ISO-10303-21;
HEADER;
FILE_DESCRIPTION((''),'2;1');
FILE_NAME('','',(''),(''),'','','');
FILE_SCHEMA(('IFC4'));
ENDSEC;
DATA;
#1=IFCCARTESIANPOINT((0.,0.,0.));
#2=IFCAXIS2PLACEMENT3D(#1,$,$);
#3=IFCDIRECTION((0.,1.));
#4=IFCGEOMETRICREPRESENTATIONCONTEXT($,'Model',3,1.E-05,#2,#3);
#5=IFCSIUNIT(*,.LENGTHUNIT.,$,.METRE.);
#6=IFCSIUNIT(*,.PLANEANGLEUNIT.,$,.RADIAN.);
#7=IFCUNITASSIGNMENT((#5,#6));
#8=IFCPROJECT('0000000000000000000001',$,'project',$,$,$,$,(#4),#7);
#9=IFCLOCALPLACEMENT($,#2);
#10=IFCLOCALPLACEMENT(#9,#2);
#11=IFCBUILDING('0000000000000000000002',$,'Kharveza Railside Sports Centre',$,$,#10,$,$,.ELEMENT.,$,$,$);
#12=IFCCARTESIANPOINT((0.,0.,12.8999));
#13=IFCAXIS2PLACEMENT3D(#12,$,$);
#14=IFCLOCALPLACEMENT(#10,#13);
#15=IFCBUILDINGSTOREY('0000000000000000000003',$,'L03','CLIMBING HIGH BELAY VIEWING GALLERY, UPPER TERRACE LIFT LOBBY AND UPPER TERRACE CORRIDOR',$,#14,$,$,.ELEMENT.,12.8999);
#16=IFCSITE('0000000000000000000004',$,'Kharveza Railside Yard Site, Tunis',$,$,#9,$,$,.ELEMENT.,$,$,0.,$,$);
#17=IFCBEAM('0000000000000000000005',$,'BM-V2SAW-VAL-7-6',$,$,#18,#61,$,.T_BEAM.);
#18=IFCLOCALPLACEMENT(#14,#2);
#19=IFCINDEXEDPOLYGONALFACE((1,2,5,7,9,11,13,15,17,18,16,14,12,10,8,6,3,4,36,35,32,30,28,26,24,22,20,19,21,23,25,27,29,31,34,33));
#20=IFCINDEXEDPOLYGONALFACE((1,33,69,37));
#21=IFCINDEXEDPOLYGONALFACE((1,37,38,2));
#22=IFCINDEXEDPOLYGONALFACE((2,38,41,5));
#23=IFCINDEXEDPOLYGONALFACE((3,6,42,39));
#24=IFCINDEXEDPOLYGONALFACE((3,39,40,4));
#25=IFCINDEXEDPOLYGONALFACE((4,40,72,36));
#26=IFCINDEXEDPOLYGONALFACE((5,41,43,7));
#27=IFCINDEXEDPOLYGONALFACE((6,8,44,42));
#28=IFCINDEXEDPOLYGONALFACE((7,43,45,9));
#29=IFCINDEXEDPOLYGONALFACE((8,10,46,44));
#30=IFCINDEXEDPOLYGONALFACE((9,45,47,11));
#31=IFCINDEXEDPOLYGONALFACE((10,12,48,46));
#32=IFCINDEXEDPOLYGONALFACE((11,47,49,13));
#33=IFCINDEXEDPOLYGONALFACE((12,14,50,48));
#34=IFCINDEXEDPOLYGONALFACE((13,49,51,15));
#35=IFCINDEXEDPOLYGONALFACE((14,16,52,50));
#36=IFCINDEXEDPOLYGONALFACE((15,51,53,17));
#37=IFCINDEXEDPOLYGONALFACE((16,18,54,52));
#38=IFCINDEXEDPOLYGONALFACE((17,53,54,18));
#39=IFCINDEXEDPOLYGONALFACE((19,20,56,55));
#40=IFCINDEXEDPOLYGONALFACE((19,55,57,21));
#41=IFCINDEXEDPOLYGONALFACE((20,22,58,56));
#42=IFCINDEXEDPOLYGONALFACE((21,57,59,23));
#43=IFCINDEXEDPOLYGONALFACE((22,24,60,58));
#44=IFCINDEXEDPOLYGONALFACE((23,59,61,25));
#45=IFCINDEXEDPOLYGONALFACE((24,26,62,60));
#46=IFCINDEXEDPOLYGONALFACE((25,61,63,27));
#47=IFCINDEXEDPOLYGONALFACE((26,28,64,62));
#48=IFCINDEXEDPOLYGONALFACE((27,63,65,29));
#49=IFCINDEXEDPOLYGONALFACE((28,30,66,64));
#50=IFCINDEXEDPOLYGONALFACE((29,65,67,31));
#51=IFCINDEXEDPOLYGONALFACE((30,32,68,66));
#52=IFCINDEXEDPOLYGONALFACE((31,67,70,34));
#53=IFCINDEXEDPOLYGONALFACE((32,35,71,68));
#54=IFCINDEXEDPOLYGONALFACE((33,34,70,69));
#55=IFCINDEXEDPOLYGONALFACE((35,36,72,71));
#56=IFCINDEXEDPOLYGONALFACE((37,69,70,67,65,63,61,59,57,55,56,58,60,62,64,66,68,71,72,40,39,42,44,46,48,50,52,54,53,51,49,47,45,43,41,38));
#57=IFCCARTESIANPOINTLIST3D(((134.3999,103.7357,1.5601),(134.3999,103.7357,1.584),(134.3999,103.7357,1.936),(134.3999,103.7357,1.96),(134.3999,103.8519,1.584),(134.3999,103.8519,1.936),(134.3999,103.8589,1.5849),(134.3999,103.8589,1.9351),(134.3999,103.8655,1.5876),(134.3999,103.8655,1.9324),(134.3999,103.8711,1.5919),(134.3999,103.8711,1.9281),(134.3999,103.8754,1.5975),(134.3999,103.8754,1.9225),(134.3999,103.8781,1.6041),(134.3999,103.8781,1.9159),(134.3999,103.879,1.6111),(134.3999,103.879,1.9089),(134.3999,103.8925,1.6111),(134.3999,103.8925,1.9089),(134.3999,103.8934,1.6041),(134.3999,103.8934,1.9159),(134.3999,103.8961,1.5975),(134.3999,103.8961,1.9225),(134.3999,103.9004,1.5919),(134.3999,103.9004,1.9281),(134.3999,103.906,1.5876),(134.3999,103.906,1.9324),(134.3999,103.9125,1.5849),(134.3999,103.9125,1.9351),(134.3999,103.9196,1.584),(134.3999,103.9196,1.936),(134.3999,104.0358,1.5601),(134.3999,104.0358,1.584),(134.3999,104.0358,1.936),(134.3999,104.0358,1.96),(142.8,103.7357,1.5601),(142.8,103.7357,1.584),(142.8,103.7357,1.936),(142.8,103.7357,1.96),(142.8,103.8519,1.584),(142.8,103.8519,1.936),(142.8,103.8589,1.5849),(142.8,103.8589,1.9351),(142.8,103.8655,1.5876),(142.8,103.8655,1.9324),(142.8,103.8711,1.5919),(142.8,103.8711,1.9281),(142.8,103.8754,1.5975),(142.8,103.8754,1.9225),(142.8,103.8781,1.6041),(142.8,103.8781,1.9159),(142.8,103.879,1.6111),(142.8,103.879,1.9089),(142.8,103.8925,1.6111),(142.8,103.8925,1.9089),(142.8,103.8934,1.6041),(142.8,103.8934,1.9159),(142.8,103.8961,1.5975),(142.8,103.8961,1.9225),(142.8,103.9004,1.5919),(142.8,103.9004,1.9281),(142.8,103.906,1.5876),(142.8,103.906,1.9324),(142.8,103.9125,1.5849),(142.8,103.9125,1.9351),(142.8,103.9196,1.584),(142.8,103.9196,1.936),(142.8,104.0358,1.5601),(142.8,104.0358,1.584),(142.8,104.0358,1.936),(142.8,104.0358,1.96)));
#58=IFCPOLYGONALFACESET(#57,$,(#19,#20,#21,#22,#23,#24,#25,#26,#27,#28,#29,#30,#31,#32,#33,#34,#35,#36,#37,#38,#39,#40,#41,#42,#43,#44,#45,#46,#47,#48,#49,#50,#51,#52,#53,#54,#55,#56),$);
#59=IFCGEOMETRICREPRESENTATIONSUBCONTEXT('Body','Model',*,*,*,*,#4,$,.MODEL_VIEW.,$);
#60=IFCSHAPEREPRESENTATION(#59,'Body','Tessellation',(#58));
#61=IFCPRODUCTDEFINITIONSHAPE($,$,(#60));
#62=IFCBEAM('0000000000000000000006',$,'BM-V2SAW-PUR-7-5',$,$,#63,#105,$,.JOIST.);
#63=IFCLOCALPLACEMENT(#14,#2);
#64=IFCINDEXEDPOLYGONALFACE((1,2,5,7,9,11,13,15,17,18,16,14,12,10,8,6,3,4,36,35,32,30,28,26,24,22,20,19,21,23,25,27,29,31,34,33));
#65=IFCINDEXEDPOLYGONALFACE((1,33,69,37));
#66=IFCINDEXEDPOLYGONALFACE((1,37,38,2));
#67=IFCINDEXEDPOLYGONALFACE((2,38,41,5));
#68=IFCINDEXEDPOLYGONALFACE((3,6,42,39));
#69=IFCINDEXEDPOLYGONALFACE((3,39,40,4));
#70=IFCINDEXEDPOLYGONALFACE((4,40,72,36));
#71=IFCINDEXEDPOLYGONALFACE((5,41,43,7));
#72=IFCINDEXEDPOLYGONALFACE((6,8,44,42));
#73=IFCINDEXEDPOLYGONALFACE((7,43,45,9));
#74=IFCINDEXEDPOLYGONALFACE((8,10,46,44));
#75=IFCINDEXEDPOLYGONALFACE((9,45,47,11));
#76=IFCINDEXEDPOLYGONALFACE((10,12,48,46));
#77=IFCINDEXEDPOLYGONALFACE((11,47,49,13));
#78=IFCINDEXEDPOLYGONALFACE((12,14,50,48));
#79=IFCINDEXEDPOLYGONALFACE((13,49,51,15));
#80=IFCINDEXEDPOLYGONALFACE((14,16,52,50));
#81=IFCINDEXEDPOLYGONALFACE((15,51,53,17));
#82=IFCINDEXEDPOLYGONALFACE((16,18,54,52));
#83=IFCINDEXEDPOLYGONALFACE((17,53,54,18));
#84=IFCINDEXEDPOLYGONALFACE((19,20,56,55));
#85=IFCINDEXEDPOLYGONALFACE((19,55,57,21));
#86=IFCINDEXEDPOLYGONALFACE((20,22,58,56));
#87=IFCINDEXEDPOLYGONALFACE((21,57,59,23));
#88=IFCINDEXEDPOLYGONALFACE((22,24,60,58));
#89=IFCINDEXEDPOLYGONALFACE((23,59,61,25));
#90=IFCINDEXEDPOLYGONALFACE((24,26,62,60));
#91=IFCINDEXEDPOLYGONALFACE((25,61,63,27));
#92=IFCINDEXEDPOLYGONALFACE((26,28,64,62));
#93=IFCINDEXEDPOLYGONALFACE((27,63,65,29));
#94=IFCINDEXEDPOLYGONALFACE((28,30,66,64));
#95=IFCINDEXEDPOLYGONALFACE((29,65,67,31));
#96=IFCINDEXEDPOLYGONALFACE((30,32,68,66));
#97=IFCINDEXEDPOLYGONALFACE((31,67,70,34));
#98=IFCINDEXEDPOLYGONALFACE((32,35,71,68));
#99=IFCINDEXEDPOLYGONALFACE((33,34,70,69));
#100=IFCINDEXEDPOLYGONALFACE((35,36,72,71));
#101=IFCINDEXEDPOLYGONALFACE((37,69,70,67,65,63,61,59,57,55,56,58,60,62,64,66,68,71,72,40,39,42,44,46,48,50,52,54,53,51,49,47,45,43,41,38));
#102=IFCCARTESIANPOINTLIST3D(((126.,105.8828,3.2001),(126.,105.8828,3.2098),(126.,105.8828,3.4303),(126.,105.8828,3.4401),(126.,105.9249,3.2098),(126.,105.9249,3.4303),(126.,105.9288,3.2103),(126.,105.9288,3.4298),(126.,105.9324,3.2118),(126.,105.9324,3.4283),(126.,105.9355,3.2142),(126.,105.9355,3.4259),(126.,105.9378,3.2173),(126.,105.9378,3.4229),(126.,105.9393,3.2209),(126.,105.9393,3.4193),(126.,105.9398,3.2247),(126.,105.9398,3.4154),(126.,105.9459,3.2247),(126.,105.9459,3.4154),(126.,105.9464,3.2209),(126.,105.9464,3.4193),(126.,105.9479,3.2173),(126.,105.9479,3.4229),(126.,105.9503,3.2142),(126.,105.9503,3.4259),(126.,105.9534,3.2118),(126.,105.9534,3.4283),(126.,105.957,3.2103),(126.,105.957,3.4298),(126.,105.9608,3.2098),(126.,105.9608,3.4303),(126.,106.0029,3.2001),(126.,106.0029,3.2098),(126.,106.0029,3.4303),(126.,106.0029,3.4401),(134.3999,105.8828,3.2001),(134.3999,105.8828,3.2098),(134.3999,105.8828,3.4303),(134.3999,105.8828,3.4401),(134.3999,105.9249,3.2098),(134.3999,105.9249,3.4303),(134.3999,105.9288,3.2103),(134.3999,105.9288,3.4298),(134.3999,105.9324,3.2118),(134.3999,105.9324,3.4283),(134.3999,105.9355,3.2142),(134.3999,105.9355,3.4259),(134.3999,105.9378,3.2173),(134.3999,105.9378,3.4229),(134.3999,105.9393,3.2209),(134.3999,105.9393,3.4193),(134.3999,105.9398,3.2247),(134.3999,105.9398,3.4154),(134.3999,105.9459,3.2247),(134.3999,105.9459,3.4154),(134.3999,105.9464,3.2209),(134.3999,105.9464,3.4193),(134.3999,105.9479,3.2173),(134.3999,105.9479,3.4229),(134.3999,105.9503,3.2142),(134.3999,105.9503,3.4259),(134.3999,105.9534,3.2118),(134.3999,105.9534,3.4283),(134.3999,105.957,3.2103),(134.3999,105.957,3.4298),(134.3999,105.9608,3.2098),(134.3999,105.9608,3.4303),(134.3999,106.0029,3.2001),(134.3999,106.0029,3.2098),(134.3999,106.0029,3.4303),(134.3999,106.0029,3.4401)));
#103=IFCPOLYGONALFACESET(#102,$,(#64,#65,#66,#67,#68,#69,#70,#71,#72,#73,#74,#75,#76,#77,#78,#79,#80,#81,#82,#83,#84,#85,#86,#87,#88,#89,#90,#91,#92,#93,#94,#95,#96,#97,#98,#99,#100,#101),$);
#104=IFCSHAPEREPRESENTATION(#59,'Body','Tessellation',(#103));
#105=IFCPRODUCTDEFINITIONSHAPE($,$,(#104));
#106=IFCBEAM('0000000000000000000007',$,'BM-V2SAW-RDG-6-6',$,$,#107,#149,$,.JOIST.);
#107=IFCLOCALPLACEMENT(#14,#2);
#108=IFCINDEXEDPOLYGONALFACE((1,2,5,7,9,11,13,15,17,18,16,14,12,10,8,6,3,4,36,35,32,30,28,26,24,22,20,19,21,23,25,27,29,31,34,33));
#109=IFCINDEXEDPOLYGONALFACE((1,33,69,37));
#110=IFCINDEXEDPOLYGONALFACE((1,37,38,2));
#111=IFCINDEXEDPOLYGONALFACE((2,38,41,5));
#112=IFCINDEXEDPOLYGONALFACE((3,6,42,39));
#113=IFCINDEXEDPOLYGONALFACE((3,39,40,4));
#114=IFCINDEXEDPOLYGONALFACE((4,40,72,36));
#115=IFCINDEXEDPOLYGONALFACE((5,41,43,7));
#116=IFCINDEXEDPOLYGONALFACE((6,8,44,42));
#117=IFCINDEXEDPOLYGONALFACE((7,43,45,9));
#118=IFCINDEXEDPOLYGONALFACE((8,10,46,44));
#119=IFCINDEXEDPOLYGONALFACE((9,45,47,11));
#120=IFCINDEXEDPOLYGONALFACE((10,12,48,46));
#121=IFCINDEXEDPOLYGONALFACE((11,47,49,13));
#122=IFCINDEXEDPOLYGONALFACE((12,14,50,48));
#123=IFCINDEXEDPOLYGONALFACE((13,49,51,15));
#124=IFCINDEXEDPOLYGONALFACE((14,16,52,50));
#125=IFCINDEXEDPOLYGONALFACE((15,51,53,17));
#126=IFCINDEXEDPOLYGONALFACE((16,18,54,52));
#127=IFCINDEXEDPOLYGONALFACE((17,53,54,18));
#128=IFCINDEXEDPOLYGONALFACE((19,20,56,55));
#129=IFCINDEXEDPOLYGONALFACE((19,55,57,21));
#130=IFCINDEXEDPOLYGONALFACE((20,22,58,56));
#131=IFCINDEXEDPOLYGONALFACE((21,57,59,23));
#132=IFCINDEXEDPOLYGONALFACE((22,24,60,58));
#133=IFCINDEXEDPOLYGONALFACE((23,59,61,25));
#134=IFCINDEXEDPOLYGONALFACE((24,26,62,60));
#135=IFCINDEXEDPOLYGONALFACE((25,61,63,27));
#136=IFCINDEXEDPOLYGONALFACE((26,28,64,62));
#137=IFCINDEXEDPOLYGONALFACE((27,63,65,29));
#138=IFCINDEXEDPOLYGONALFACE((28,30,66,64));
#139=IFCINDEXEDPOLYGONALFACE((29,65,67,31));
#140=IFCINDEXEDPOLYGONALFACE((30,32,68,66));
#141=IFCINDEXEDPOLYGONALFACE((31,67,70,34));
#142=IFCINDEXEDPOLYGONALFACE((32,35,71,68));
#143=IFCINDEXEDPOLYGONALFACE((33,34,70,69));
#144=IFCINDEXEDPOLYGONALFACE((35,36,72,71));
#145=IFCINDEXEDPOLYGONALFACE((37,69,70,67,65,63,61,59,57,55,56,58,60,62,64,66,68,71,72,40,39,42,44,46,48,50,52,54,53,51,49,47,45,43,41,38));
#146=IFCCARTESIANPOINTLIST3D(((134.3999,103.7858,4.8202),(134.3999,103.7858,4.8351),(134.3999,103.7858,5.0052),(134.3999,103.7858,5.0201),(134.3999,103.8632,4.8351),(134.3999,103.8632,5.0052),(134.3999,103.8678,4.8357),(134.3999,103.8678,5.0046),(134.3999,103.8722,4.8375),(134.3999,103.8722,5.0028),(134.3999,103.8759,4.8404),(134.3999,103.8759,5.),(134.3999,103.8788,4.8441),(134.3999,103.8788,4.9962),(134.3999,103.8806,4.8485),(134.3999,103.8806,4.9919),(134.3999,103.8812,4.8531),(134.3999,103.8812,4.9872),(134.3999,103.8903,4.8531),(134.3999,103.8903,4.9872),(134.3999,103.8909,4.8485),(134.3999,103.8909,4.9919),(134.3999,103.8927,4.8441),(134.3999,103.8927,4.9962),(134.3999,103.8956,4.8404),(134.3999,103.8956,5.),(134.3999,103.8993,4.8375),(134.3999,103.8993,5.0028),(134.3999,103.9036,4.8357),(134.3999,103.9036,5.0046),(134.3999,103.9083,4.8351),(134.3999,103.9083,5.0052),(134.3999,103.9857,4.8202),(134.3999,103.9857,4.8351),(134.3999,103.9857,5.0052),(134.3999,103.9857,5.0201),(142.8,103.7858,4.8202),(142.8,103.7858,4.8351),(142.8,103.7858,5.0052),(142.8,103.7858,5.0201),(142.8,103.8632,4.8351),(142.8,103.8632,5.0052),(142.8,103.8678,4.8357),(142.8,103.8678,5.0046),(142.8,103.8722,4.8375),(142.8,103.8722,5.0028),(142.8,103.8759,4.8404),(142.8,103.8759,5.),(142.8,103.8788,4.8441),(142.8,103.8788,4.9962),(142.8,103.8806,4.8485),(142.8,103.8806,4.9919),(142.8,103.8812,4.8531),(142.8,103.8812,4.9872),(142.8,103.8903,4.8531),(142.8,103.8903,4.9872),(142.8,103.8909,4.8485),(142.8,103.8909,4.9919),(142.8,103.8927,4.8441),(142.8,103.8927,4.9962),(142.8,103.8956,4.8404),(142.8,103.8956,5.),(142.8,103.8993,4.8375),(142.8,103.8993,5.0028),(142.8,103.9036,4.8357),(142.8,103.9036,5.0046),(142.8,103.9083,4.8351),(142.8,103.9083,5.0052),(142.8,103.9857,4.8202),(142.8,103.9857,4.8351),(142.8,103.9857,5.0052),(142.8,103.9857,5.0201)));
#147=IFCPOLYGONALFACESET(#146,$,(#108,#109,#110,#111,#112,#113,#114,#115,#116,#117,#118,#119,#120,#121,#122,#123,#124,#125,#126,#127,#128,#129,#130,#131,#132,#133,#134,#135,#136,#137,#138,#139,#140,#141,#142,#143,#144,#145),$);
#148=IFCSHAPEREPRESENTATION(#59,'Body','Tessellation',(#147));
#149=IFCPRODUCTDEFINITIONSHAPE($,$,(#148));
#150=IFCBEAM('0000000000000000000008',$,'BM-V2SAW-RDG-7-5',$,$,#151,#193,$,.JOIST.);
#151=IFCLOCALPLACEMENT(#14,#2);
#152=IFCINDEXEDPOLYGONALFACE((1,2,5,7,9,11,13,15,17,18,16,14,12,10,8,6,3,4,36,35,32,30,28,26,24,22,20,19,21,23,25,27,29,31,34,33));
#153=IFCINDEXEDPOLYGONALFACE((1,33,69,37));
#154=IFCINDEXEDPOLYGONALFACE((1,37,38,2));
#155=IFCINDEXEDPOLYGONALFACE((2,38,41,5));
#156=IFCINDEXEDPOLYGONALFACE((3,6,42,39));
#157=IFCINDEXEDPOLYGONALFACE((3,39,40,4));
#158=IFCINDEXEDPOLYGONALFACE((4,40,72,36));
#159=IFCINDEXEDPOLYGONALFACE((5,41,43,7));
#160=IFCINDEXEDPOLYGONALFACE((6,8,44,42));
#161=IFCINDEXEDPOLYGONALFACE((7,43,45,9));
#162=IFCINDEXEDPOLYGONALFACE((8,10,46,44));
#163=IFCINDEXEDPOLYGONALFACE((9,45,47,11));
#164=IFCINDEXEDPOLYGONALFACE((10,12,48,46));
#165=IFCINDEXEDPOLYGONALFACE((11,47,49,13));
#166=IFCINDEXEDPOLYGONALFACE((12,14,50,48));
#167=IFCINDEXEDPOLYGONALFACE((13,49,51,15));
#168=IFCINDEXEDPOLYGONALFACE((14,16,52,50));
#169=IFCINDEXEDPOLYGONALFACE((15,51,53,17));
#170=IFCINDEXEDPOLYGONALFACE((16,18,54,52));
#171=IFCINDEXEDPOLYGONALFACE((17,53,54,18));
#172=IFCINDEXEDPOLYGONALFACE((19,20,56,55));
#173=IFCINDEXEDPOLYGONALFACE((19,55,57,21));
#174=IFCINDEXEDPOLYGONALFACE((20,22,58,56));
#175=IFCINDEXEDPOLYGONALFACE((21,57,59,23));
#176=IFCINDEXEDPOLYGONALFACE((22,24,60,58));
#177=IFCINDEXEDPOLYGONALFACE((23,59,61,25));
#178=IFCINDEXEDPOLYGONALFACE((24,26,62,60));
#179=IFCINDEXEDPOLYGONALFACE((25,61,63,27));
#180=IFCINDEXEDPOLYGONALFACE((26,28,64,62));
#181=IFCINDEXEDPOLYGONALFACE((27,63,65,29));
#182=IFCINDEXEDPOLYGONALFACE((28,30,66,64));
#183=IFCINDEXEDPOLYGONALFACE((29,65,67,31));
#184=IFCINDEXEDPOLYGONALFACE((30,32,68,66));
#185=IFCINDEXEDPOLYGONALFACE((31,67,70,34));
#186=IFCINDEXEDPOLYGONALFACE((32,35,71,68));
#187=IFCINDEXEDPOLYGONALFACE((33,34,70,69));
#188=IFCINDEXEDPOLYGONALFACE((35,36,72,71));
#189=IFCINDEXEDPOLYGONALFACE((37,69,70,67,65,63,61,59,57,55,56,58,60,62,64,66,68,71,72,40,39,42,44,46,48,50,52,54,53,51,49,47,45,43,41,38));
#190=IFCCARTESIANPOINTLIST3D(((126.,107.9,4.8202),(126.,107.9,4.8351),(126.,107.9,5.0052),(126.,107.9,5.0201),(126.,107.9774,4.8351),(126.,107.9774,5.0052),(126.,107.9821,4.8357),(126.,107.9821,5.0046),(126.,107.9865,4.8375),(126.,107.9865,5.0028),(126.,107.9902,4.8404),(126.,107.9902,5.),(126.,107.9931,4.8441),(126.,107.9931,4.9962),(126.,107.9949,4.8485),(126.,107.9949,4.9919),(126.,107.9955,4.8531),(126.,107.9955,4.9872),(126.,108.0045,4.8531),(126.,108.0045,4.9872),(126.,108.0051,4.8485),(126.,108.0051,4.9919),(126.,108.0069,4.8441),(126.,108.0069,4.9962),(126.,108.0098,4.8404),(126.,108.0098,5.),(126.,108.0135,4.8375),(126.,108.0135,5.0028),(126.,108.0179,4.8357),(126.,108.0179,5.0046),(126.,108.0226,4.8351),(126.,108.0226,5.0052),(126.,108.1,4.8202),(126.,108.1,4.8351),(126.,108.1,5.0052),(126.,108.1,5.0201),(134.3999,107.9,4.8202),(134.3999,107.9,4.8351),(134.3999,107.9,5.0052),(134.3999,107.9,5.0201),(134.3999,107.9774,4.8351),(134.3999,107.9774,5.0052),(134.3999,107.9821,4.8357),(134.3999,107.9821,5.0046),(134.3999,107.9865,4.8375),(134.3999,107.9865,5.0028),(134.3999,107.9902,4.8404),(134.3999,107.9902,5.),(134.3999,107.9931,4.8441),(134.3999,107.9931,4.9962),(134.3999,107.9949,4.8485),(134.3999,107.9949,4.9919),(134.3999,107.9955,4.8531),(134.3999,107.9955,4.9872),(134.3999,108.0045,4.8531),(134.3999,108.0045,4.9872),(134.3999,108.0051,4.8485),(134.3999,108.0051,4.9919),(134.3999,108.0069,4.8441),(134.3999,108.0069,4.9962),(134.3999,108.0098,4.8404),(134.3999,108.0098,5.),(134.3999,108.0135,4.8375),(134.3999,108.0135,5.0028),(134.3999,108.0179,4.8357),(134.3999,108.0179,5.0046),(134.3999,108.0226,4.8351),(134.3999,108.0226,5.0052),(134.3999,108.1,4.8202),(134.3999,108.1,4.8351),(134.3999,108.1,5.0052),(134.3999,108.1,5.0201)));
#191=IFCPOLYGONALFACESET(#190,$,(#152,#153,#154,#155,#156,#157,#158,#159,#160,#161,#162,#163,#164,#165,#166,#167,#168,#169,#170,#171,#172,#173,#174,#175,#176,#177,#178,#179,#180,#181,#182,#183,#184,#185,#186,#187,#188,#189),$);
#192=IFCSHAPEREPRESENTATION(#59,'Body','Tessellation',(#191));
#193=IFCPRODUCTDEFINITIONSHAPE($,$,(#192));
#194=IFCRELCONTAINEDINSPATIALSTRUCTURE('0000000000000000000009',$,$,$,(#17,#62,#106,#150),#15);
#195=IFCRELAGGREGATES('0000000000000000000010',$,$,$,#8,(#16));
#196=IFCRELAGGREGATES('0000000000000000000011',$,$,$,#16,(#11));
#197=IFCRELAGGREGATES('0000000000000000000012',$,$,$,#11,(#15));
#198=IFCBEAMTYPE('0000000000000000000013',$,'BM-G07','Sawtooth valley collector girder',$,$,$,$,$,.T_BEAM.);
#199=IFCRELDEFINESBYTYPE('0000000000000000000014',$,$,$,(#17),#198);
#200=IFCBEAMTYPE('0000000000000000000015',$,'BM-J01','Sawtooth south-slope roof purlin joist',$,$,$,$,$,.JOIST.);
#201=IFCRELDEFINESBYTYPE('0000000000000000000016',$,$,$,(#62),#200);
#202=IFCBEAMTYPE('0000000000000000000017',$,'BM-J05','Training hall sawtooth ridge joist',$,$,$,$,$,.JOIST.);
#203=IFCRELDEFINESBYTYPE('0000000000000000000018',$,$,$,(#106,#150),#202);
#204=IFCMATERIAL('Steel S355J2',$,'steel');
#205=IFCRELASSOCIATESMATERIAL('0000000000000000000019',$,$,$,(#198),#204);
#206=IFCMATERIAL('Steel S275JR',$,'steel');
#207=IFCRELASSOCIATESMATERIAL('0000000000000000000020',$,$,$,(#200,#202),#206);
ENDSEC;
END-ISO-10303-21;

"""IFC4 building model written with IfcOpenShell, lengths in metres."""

from ifc_helpers import new_model, si_unit, direction, frame, origin, origin_2d, place, context, subcontext, project, spatial, i_section, extrude, material, material_profile, profile_set, type_object, element, save


model = new_model("IFC4")

# Units and contexts
model_context = context("Model", 3, precision=1e-05, world=origin(), true_north=direction((0.0, 1.0)))
body_context = subcontext(model_context, "Body", "Model", "MODEL_VIEW")
ifc_project = project(units=[si_unit("LENGTHUNIT", "METRE"), si_unit("PLANEANGLEUNIT", "RADIAN")], contexts=[model_context])

# Site, building, storey
site_placement = place(None, origin())
site = spatial("IfcSite", under=ifc_project, at=site_placement, Name="Kharveza Railside Yard Site, Tunis", CompositionType="ELEMENT", RefElevation=0.0)
building_placement = place(site_placement, origin())
building = spatial("IfcBuilding", under=site, at=building_placement, Name="Kharveza Railside Sports Centre", CompositionType="ELEMENT")
storey_placement = place(building_placement, frame((0.0, 0.0, 12.8999)))
storey = spatial("IfcBuildingStorey", under=building, at=storey_placement, Name="L03", Description="CLIMBING HIGH BELAY VIEWING GALLERY, UPPER TERRACE LIFT LOBBY AND UPPER TERRACE CORRIDOR", CompositionType="ELEMENT", Elevation=12.8999)

# Beams
ifc_material_1 = material(Name="Steel S355J2", Category="steel")
ifc_material_profile_1 = material_profile(ifc_material_1, i_section(OverallWidth=0.3, OverallDepth=0.3999, WebThickness=0.0134, FlangeThickness=0.0239, FilletRadius=0.0271, at=origin_2d()), Name="HEB 400")
ifc_profile_set_1 = profile_set([ifc_material_profile_1], Name="Steel S355J2")
beam_type_1 = type_object("IfcBeamType", Name="BM-G07", Description="Sawtooth valley collector girder", PredefinedType="T_BEAM", material=ifc_profile_set_1)
beam_1_placement = place(storey_placement, frame((134.3999, 103.8857, 1.76), z_axis=(1.0, 0.0, 0.0), x_axis=(0.0, 1.0, 0.0)))
element("IfcBeam", 1, at=beam_1_placement, inside=storey, type_object=beam_type_1, Name="BM-V2SAW-VAL-7-6", PredefinedType="T_BEAM", context=body_context, shape_type="SweptSolid", body=[
    extrude(i_section(OverallWidth=0.3, OverallDepth=0.3999, WebThickness=0.0134, FlangeThickness=0.0239, FilletRadius=0.0271, at=origin_2d()), origin(), (0.0, 0.0, 1.0), 8.4001),
])
ifc_material_2 = material(Name="Steel S275JR", Category="steel")
ifc_material_profile_2 = material_profile(ifc_material_2, i_section(OverallWidth=0.1201, OverallDepth=0.24, WebThickness=0.0061, FlangeThickness=0.0098, FilletRadius=0.0149, at=origin_2d()), Name="IPE 240")
ifc_profile_set_2 = profile_set([ifc_material_profile_2], Name="Steel S275JR")
beam_type_2 = type_object("IfcBeamType", Name="BM-J01", Description="Sawtooth south-slope roof purlin joist", PredefinedType="JOIST", material=ifc_profile_set_2)
beam_2_placement = place(storey_placement, frame((126.0, 105.9429, 3.3201), z_axis=(1.0, 0.0, 0.0), x_axis=(0.0, 1.0, 0.0)))
element("IfcBeam", 2, at=beam_2_placement, inside=storey, type_object=beam_type_2, Name="BM-V2SAW-PUR-7-5", PredefinedType="JOIST", context=body_context, shape_type="SweptSolid", body=[
    extrude(i_section(OverallWidth=0.1201, OverallDepth=0.24, WebThickness=0.0061, FlangeThickness=0.0098, FilletRadius=0.0149, at=origin_2d()), origin(), (0.0, 0.0, 1.0), 8.3999),
])
ifc_material_profile_3 = material_profile(ifc_material_2, i_section(OverallWidth=0.2, OverallDepth=0.2, WebThickness=0.009, FlangeThickness=0.0149, FilletRadius=0.0181, at=origin_2d()), Name="HEB 200")
ifc_profile_set_3 = profile_set([ifc_material_profile_3], Name="Steel S275JR")
beam_type_3 = type_object("IfcBeamType", Name="BM-J05", Description="Training hall sawtooth ridge joist", PredefinedType="JOIST", material=ifc_profile_set_3)
beam_3_placement = place(storey_placement, frame((134.3999, 103.8857, 4.9202), z_axis=(1.0, 0.0, 0.0), x_axis=(0.0, 1.0, 0.0)))
element("IfcBeam", 3, at=beam_3_placement, inside=storey, type_object=beam_type_3, Name="BM-V2SAW-RDG-6-6", PredefinedType="JOIST", context=body_context, shape_type="SweptSolid", body=[
    extrude(i_section(OverallWidth=0.2, OverallDepth=0.2, WebThickness=0.009, FlangeThickness=0.0149, FilletRadius=0.0181, at=origin_2d()), origin(), (0.0, 0.0, 1.0), 8.4001),
])
beam_4_placement = place(storey_placement, frame((126.0, 108.0, 4.9202), z_axis=(1.0, 0.0, 0.0), x_axis=(0.0, 1.0, 0.0)))
element("IfcBeam", 4, at=beam_4_placement, inside=storey, type_object=beam_type_3, Name="BM-V2SAW-RDG-7-5", PredefinedType="JOIST", context=body_context, shape_type="SweptSolid", body=[
    extrude(i_section(OverallWidth=0.2, OverallDepth=0.2, WebThickness=0.009, FlangeThickness=0.0149, FilletRadius=0.0181, at=origin_2d()), origin(), (0.0, 0.0, 1.0), 8.3999),
])

save(model, "model.ifc")
